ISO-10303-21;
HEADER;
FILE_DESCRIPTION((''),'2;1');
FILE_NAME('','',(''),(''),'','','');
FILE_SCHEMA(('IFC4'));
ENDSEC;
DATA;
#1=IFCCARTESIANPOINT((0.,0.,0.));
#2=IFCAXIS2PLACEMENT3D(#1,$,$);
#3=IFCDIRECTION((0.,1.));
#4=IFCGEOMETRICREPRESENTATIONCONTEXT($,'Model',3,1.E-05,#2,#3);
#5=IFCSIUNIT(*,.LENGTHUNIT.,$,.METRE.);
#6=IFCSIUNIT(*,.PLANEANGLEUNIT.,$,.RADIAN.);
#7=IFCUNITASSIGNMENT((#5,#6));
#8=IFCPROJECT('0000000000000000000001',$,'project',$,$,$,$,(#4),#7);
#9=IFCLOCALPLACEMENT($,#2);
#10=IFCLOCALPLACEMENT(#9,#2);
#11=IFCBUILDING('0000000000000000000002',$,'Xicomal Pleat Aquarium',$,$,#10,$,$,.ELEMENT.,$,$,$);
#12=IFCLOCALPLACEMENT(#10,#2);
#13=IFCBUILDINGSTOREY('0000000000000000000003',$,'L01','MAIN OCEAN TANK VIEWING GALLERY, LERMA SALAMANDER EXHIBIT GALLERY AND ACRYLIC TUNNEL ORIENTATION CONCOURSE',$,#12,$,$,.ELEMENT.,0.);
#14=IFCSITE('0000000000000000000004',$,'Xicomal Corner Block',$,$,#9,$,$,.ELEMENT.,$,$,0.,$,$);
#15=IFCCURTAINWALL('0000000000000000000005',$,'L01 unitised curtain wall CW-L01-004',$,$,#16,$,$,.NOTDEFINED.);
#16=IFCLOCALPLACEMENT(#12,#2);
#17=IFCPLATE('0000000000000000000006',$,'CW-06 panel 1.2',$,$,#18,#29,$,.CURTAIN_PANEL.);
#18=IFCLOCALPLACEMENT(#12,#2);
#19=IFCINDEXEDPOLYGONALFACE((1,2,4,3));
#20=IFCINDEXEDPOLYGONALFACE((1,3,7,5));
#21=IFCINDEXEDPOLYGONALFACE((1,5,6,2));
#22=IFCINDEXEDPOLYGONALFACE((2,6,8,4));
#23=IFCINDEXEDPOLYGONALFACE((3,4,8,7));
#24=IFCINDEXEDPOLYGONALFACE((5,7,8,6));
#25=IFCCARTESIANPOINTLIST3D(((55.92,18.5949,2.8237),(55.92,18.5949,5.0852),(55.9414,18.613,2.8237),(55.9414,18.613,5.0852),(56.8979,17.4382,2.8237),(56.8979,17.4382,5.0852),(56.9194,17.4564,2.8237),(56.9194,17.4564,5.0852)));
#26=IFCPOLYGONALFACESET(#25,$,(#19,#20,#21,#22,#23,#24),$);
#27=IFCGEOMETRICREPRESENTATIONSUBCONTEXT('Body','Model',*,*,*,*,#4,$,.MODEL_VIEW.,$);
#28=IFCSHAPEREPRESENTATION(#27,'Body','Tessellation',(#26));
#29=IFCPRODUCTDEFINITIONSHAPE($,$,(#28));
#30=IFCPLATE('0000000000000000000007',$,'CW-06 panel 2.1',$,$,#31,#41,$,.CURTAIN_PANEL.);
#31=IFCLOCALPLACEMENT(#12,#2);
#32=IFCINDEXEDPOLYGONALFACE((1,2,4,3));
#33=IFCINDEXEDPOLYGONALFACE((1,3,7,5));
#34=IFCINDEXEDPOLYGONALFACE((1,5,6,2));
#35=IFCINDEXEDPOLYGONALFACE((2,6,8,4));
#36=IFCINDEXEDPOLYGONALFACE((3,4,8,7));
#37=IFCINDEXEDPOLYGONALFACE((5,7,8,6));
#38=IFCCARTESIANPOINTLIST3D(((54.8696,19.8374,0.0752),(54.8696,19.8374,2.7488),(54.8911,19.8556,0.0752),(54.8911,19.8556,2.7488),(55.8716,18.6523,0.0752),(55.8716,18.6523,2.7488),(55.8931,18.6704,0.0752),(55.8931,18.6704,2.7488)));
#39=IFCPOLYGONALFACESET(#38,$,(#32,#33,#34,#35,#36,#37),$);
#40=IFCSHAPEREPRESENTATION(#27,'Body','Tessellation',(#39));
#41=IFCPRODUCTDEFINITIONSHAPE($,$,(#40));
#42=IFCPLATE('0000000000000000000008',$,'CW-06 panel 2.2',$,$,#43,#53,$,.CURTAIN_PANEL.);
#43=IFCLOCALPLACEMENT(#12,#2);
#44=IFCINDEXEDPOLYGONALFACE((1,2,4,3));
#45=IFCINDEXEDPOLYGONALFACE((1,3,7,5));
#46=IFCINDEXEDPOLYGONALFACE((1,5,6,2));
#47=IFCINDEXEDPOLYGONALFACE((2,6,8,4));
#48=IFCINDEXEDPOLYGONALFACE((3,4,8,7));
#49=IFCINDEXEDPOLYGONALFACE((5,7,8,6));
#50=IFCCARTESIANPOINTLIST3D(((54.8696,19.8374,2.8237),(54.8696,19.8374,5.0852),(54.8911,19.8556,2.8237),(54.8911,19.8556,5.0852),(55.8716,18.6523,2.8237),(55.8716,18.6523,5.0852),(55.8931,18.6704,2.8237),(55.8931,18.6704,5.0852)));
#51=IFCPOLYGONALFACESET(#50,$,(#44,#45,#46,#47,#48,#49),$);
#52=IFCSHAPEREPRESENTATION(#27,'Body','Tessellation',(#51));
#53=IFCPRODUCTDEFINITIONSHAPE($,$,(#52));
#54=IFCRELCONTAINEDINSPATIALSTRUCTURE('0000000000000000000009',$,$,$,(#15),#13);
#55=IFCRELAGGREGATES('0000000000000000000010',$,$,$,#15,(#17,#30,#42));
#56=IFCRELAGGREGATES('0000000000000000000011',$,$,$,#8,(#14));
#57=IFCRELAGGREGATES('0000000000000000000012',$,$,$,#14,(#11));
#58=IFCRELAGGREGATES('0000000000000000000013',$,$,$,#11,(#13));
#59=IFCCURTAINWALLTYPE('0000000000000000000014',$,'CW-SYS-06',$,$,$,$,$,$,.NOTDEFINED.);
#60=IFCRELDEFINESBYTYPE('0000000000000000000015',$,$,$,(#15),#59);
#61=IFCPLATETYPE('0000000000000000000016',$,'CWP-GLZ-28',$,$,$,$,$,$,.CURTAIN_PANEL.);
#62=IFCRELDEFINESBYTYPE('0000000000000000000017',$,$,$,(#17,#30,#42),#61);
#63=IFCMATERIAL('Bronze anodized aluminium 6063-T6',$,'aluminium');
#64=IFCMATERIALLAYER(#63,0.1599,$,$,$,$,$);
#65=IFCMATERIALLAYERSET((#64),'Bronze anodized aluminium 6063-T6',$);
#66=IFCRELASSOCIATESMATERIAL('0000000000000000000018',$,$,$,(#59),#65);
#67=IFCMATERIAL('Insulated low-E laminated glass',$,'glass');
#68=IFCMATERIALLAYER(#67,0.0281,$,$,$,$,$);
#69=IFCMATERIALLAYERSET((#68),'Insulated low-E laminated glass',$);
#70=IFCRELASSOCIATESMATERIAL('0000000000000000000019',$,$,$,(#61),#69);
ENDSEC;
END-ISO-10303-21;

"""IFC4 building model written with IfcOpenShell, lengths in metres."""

from ifc_helpers import new_model, si_unit, direction, frame, origin, origin_2d, place, context, subcontext, project, spatial, rectangle, extrude, material, layer, layer_set, type_object, element, aggregate, save


model = new_model("IFC4")

# Units and contexts
model_context = context("Model", 3, precision=1e-05, world=origin(), true_north=direction((0.0, 1.0)))
body_context = subcontext(model_context, "Body", "Model", "MODEL_VIEW")
ifc_project = project(units=[si_unit("LENGTHUNIT", "METRE"), si_unit("PLANEANGLEUNIT", "RADIAN")], contexts=[model_context])

# Site, building, storey
site_placement = place(None, origin())
site = spatial("IfcSite", under=ifc_project, at=site_placement, Name="Xicomal Corner Block", CompositionType="ELEMENT", RefElevation=0.0)
building_placement = place(site_placement, origin())
building = spatial("IfcBuilding", under=site, at=building_placement, Name="Xicomal Pleat Aquarium", CompositionType="ELEMENT")
storey_placement = place(building_placement, origin())
storey = spatial("IfcBuildingStorey", under=building, at=storey_placement, Name="L01", Description="MAIN OCEAN TANK VIEWING GALLERY, LERMA SALAMANDER EXHIBIT GALLERY AND ACRYLIC TUNNEL ORIENTATION CONCOURSE", CompositionType="ELEMENT", Elevation=0.0)

# Curtain wall, plates
ifc_material_1 = material(Name="Bronze anodized aluminium 6063-T6", Category="aluminium")
ifc_layer_1 = layer(ifc_material_1, 0.1599)
ifc_layer_set_1 = layer_set([ifc_layer_1], Name="Bronze anodized aluminium 6063-T6")
curtain_wall_type = type_object("IfcCurtainWallType", Name="CW-SYS-06", PredefinedType="NOTDEFINED", material=ifc_layer_set_1)
curtain_wall_placement = place(storey_placement, origin())
curtain_wall = element("IfcCurtainWall", 1, at=curtain_wall_placement, inside=storey, type_object=curtain_wall_type, Name="L01 unitised curtain wall CW-L01-004", PredefinedType="NOTDEFINED")
ifc_material_2 = material(Name="Insulated low-E laminated glass", Category="glass")
ifc_layer_2 = layer(ifc_material_2, 0.0281)
ifc_layer_set_2 = layer_set([ifc_layer_2], Name="Insulated low-E laminated glass")
plate_type = type_object("IfcPlateType", Name="CWP-GLZ-28", PredefinedType="CURTAIN_PANEL", material=ifc_layer_set_2)
plate_1_placement = place(storey_placement, frame((56.4197, 18.0256, 2.8237), z_axis=(0.0, 0.0, 1.0), x_axis=(-0.645639, 0.763643, 0.0)))
plate_1 = element("IfcPlate", 2, at=plate_1_placement, type_object=plate_type, Name="CW-06 panel 1.2", PredefinedType="CURTAIN_PANEL", context=body_context, shape_type="SweptSolid", body=[
    extrude(rectangle(XDim=1.5146, YDim=0.0281, at=origin_2d()), origin(), (0.0, 0.0, 1.0), 2.2615),
])
plate_2_placement = place(storey_placement, frame((55.3813, 19.2539, 0.0752), z_axis=(0.0, 0.0, 1.0), x_axis=(-0.645639, 0.763643, 0.0)))
plate_2 = element("IfcPlate", 3, at=plate_2_placement, type_object=plate_type, Name="CW-06 panel 2.1", PredefinedType="CURTAIN_PANEL", context=body_context, shape_type="SweptSolid", body=[
    extrude(rectangle(XDim=1.552, YDim=0.0281, at=origin_2d()), origin(), (0.0, 0.0, 1.0), 2.6736),
])
plate_3_placement = place(storey_placement, frame((55.3813, 19.2539, 2.8237), z_axis=(0.0, 0.0, 1.0), x_axis=(-0.645639, 0.763643, 0.0)))
plate_3 = element("IfcPlate", 4, at=plate_3_placement, type_object=plate_type, Name="CW-06 panel 2.2", PredefinedType="CURTAIN_PANEL", context=body_context, shape_type="SweptSolid", body=[
    extrude(rectangle(XDim=1.552, YDim=0.0281, at=origin_2d()), origin(), (0.0, 0.0, 1.0), 2.2615),
])
aggregate(curtain_wall, [plate_1, plate_2, plate_3])

save(model, "model.ifc")
